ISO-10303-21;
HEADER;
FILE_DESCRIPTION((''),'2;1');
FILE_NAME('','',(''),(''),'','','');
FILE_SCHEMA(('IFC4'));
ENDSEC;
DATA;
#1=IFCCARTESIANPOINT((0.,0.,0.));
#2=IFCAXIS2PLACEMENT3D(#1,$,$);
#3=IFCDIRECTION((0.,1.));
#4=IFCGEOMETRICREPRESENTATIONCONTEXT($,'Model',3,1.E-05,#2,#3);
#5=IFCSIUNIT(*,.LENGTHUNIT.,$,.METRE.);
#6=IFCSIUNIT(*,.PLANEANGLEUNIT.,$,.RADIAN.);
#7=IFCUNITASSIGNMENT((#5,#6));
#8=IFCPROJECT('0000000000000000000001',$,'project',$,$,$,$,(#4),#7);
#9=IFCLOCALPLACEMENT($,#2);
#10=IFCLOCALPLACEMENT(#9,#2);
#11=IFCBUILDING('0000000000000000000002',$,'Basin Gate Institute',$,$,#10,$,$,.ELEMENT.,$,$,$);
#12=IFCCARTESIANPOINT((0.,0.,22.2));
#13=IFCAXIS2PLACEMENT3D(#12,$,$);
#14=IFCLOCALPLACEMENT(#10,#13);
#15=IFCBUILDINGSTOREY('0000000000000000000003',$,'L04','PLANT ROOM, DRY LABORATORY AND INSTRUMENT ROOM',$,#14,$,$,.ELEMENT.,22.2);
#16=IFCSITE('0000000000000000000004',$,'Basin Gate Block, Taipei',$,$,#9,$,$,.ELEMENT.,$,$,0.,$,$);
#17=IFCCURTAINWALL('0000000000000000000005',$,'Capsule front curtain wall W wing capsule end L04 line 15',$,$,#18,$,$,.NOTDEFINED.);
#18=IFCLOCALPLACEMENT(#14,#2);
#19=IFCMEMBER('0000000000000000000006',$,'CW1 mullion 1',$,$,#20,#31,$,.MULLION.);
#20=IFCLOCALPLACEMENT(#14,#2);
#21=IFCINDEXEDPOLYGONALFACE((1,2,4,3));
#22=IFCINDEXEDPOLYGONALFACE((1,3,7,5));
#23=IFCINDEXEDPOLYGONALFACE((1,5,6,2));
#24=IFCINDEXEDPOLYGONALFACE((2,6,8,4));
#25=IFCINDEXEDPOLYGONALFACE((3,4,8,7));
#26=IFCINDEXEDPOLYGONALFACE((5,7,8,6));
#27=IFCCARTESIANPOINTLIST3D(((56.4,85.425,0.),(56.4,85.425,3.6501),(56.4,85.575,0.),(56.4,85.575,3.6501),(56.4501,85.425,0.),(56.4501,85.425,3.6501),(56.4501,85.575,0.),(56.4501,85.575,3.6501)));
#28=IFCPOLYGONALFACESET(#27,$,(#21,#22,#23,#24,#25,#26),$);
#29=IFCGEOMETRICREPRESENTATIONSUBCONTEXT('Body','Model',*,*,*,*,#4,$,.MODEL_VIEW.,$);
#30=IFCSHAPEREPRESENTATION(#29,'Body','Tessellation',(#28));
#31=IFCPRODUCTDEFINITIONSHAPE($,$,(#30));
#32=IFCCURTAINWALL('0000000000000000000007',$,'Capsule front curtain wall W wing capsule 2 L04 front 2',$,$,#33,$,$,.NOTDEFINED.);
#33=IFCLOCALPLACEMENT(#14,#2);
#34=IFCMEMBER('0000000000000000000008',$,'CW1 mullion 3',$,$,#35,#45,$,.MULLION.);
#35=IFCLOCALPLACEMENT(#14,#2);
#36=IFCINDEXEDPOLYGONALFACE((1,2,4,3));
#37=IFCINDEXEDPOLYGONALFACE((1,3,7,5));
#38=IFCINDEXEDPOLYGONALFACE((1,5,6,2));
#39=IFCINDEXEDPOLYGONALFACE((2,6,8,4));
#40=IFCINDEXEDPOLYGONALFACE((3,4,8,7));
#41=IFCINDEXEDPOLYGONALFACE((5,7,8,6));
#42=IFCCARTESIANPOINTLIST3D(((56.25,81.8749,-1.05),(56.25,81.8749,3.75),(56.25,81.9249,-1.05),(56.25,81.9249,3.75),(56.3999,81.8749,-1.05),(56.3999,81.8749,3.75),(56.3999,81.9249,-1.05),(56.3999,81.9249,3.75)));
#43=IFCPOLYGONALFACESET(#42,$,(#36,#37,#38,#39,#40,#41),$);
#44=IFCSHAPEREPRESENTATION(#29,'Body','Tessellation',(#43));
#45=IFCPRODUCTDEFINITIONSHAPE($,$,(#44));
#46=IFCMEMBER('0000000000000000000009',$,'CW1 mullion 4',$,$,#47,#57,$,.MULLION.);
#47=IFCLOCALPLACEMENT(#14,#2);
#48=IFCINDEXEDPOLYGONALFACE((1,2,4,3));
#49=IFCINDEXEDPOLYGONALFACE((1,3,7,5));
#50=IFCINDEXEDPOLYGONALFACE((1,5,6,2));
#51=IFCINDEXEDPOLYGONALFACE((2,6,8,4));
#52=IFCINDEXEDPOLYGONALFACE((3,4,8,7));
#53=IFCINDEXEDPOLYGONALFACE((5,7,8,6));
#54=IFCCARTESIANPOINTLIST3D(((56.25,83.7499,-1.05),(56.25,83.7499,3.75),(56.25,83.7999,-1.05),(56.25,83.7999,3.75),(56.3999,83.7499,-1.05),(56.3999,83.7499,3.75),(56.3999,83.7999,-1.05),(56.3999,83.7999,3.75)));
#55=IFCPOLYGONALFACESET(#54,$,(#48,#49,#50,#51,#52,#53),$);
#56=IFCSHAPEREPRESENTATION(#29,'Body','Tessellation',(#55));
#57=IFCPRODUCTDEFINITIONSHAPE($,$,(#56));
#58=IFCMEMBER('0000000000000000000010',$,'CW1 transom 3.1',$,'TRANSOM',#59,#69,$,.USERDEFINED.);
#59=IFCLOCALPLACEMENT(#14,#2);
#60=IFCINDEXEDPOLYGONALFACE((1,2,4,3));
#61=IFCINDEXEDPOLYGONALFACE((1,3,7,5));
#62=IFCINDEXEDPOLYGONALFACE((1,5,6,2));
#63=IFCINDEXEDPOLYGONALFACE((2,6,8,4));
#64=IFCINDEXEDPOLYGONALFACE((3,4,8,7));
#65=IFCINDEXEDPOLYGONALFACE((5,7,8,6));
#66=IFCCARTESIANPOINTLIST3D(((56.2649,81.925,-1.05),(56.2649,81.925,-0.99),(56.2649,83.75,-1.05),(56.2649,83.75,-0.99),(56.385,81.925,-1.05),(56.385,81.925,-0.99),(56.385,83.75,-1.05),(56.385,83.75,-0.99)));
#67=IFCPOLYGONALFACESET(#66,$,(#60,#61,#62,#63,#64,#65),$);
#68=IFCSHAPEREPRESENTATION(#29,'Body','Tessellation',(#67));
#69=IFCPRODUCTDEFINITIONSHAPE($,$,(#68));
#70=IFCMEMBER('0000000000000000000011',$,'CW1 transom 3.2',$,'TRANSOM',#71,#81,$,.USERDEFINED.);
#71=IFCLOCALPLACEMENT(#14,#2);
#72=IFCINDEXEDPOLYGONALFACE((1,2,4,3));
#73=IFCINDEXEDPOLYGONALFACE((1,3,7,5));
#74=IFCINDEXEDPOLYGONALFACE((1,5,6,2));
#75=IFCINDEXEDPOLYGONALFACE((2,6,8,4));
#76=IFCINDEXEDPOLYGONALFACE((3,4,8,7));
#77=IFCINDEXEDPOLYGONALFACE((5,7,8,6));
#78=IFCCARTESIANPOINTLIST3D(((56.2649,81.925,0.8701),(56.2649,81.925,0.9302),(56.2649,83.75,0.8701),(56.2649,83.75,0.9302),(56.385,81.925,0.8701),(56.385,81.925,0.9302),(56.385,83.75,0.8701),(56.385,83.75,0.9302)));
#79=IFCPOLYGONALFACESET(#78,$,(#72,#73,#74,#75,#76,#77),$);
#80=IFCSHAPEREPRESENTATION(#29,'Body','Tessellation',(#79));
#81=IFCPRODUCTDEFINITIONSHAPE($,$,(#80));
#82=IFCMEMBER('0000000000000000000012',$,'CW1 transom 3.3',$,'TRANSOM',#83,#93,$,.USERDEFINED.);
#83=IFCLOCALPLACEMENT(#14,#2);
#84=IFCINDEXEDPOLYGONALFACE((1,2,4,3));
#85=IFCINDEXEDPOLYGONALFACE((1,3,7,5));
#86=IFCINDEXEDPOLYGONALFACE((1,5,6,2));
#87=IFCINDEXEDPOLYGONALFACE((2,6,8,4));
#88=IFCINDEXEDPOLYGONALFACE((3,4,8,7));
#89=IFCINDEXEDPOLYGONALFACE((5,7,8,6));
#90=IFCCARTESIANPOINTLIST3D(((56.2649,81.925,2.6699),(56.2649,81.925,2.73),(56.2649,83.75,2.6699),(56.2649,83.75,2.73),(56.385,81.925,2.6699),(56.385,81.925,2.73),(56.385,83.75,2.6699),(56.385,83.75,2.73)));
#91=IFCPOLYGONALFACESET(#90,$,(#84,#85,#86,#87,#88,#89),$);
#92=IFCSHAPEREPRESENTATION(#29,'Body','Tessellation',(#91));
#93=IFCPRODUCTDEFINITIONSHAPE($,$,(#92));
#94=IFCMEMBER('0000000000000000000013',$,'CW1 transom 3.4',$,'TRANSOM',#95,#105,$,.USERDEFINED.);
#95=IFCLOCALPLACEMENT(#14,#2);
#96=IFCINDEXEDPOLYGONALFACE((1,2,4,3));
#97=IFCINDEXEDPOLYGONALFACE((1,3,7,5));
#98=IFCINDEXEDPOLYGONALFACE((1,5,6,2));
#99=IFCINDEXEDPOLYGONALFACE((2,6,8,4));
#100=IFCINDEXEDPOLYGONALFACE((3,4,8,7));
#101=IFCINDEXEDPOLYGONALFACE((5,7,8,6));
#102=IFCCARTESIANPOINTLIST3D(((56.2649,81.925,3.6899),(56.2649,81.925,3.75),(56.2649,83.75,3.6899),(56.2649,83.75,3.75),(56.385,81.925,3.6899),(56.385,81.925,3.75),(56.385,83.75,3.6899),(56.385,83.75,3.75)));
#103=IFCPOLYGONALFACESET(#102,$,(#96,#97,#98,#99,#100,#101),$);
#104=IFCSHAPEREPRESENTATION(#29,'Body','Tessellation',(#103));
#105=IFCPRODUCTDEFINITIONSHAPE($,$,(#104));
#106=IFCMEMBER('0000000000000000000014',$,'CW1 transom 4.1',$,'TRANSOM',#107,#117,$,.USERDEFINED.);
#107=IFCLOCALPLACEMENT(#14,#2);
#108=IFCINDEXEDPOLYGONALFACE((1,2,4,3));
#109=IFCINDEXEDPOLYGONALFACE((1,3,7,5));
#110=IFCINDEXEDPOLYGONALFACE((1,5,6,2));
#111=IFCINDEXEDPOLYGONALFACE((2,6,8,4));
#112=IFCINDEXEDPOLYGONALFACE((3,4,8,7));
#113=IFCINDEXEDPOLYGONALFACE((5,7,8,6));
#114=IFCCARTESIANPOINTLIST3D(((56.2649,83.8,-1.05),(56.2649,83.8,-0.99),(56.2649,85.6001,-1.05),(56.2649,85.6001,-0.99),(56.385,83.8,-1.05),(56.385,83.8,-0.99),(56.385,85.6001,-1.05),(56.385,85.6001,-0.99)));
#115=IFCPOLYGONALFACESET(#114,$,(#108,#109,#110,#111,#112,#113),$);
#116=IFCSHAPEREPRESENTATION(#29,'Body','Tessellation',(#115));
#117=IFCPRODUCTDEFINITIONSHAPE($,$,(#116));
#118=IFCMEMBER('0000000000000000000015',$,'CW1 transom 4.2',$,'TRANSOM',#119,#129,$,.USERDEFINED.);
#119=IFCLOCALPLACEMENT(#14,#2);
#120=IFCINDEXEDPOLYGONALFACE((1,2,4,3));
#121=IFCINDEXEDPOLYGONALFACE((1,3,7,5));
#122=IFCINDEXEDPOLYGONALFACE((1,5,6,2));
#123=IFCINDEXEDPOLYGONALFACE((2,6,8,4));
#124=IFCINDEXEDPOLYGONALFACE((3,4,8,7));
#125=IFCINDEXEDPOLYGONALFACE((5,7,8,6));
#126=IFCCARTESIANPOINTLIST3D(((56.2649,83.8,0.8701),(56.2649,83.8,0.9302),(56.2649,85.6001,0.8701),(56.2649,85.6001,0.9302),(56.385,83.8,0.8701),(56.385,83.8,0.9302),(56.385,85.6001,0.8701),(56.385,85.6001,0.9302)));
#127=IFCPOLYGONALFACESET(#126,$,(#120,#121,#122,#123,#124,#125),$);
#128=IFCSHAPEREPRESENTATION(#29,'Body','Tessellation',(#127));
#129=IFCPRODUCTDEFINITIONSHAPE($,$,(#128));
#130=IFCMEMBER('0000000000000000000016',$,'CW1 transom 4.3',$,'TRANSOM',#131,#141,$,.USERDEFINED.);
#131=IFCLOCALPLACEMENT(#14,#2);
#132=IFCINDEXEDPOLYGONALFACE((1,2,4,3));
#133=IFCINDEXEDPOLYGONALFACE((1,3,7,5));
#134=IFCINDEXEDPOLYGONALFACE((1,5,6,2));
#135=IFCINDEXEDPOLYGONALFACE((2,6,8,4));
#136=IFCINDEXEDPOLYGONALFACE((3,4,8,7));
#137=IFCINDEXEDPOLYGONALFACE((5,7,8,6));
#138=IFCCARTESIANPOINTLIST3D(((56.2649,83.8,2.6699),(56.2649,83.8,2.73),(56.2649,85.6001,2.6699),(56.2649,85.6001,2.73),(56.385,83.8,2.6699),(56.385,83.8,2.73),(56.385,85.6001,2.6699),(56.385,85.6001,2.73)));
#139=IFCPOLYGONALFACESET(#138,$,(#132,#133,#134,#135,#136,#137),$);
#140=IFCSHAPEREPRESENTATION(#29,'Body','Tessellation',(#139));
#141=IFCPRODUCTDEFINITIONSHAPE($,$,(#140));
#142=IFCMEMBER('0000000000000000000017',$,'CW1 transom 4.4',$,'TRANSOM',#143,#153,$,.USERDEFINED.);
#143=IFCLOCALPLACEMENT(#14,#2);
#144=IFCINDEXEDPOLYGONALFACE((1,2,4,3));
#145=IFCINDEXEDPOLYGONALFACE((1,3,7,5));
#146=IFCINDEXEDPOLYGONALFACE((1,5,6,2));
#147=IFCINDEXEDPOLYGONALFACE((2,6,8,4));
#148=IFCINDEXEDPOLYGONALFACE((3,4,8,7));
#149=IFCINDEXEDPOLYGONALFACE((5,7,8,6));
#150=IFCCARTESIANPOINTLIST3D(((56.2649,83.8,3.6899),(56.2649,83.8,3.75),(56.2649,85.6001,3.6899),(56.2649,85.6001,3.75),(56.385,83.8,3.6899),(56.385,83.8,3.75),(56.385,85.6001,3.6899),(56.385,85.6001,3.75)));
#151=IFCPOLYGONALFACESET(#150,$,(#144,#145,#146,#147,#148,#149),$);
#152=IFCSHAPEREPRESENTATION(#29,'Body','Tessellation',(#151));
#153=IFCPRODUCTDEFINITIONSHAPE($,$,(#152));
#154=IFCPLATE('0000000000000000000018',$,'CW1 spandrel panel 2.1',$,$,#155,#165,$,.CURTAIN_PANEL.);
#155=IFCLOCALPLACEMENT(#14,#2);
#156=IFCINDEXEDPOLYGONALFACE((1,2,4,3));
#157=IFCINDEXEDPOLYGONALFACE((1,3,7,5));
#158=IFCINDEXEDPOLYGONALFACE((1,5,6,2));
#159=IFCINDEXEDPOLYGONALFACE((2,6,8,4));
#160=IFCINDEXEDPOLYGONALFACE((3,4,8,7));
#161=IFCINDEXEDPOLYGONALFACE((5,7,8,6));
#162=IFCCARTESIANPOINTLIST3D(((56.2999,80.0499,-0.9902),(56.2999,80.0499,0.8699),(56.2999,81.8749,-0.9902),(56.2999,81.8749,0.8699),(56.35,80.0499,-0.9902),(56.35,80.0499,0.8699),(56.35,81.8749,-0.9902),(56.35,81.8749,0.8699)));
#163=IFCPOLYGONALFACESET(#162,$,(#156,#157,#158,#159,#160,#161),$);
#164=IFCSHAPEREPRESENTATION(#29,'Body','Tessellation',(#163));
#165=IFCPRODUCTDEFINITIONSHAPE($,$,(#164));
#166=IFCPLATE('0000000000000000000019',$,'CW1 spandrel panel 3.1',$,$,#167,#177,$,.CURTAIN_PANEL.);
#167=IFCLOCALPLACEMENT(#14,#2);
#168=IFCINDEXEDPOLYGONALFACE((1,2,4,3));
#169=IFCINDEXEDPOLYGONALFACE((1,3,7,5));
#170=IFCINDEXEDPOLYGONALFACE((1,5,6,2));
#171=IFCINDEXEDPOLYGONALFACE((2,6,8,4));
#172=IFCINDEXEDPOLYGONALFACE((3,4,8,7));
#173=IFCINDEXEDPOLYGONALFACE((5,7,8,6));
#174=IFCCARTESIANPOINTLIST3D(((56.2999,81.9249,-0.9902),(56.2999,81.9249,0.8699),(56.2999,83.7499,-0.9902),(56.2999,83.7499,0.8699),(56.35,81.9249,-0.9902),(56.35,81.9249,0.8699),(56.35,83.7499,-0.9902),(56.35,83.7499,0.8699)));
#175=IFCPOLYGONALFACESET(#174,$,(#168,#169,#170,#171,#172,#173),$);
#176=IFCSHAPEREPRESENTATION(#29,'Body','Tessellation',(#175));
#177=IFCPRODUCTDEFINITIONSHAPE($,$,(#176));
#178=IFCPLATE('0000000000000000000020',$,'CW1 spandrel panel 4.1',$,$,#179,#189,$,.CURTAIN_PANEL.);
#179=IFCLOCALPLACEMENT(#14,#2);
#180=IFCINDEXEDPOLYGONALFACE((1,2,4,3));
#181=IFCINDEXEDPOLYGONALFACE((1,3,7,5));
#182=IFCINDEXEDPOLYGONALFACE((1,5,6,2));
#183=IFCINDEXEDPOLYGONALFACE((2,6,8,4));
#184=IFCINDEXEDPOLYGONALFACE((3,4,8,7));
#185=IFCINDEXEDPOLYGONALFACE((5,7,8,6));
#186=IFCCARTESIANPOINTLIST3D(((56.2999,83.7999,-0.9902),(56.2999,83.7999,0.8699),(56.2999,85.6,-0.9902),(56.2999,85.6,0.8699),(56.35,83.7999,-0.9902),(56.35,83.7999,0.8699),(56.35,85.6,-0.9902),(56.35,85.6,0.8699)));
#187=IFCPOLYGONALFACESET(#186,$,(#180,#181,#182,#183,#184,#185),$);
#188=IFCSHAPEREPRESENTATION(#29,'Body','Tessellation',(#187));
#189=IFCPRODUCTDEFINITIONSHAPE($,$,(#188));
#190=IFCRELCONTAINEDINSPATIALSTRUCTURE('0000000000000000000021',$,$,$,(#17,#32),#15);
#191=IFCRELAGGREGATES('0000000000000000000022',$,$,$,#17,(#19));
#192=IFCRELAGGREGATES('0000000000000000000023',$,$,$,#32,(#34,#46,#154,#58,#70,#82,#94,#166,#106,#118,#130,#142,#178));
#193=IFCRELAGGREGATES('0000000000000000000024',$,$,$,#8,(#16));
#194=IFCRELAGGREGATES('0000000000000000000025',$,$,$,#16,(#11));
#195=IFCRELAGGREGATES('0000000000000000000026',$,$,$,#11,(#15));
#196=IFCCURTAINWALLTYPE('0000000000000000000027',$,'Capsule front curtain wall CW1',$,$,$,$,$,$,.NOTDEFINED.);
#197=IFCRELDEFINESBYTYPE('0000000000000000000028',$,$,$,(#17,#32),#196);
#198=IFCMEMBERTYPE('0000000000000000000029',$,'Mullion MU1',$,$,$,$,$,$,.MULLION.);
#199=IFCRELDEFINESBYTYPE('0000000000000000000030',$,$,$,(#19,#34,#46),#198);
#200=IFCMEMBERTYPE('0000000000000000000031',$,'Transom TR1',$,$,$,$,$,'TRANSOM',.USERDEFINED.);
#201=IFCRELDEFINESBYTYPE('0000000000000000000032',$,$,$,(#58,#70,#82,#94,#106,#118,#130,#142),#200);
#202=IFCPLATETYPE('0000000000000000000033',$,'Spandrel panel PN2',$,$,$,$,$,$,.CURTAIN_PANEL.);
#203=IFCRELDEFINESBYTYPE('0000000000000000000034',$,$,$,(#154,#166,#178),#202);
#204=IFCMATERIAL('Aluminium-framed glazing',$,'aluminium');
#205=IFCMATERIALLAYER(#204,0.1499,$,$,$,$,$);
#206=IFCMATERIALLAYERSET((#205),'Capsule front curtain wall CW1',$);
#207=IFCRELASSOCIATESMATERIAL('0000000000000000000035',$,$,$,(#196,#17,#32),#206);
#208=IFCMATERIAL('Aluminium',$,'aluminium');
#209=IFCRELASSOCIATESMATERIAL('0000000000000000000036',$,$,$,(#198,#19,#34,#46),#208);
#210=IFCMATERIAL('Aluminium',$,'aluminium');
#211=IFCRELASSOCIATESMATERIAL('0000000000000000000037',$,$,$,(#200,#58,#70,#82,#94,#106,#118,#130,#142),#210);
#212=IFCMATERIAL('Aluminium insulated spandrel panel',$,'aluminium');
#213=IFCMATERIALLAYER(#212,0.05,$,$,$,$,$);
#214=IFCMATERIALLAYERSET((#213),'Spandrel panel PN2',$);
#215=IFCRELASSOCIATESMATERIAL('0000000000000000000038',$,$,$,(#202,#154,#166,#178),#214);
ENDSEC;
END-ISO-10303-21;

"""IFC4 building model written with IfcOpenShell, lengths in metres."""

from ifc_helpers import new_model, si_unit, direction, frame, origin, origin_2d, place, context, subcontext, project, spatial, rectangle, extrude, material, layer, layer_set, material_profile, profile_set, type_object, element, aggregate, save


model = new_model("IFC4")

# Units and contexts
model_context = context("Model", 3, precision=1e-05, world=origin(), true_north=direction((0.0, 1.0)))
body_context = subcontext(model_context, "Body", "Model", "MODEL_VIEW")
ifc_project = project(units=[si_unit("LENGTHUNIT", "METRE"), si_unit("PLANEANGLEUNIT", "RADIAN")], contexts=[model_context])

# Site, building, storey
site_placement = place(None, origin())
site = spatial("IfcSite", under=ifc_project, at=site_placement, Name="Basin Gate Block, Taipei", CompositionType="ELEMENT", RefElevation=0.0)
building_placement = place(site_placement, origin())
building = spatial("IfcBuilding", under=site, at=building_placement, Name="Basin Gate Institute", CompositionType="ELEMENT")
storey_placement = place(building_placement, frame((0.0, 0.0, 22.2)))
storey = spatial("IfcBuildingStorey", under=building, at=storey_placement, Name="L04", Description="PLANT ROOM, DRY LABORATORY AND INSTRUMENT ROOM", CompositionType="ELEMENT", Elevation=22.2)

# Curtain wall, member
ifc_material_1 = material(Name="Aluminium-framed glazing", Category="aluminium")
ifc_layer_1 = layer(ifc_material_1, 0.1499)
ifc_layer_set_1 = layer_set([ifc_layer_1], Name="Capsule front curtain wall CW1")
curtain_wall_type = type_object("IfcCurtainWallType", Name="Capsule front curtain wall CW1", PredefinedType="NOTDEFINED", material=ifc_layer_set_1)
curtain_wall_1_placement = place(storey_placement, origin())
curtain_wall_1 = element("IfcCurtainWall", 1, at=curtain_wall_1_placement, inside=storey, type_object=curtain_wall_type, material=ifc_layer_set_1, Name="Capsule front curtain wall W wing capsule end L04 line 15", PredefinedType="NOTDEFINED")
ifc_material_2 = material(Name="Aluminium", Category="aluminium")
ifc_material_profile_1 = material_profile(ifc_material_2, rectangle(XDim=0.1499, YDim=0.05, at=origin_2d()), Name="Mullion MU1 150 x 50")
ifc_profile_set_1 = profile_set([ifc_material_profile_1], Name="Aluminium")
member_type_1 = type_object("IfcMemberType", Name="Mullion MU1", PredefinedType="MULLION", material=ifc_profile_set_1)
member_1_placement = place(storey_placement, frame((56.425, 85.5, 0.0), z_axis=(0.0, 0.0, 1.0), x_axis=(0.0, 1.0, 0.0)))
member_1 = element("IfcMember", 2, at=member_1_placement, type_object=member_type_1, material=ifc_profile_set_1, Name="CW1 mullion 1", PredefinedType="MULLION", context=body_context, shape_type="SweptSolid", body=[
    extrude(rectangle(XDim=0.1499, YDim=0.05, at=origin_2d()), origin(), (0.0, 0.0, 1.0), 3.6501),
])
aggregate(curtain_wall_1, [member_1])

# Curtain wall, members, plates
curtain_wall_2_placement = place(storey_placement, origin())
curtain_wall_2 = element("IfcCurtainWall", 3, at=curtain_wall_2_placement, inside=storey, type_object=curtain_wall_type, material=ifc_layer_set_1, Name="Capsule front curtain wall W wing capsule 2 L04 front 2", PredefinedType="NOTDEFINED")
member_2_placement = place(storey_placement, frame((56.325, 81.8999, -1.05), z_axis=(0.0, 0.0, 1.0), x_axis=(-1.0, 0.0, 0.0)))
member_2 = element("IfcMember", 4, at=member_2_placement, type_object=member_type_1, material=ifc_profile_set_1, Name="CW1 mullion 3", PredefinedType="MULLION", context=body_context, shape_type="SweptSolid", body=[
    extrude(rectangle(XDim=0.1499, YDim=0.05, at=origin_2d()), origin(), (0.0, 0.0, 1.0), 4.8),
])
member_3_placement = place(storey_placement, frame((56.325, 83.7749, -1.05), z_axis=(0.0, 0.0, 1.0), x_axis=(-1.0, 0.0, 0.0)))
member_3 = element("IfcMember", 5, at=member_3_placement, type_object=member_type_1, material=ifc_profile_set_1, Name="CW1 mullion 4", PredefinedType="MULLION", context=body_context, shape_type="SweptSolid", body=[
    extrude(rectangle(XDim=0.1499, YDim=0.05, at=origin_2d()), origin(), (0.0, 0.0, 1.0), 4.8),
])
ifc_material_3 = material(Name="Aluminium", Category="aluminium")
ifc_material_profile_2 = material_profile(ifc_material_3, rectangle(XDim=0.1201, YDim=0.0601, at=origin_2d()), Name="Transom TR1 120 x 60")
ifc_profile_set_2 = profile_set([ifc_material_profile_2], Name="Aluminium")
member_type_2 = type_object("IfcMemberType", Name="Transom TR1", ElementType="TRANSOM", PredefinedType="USERDEFINED", material=ifc_profile_set_2)
member_4_placement = place(storey_placement, frame((56.325, 81.925, -1.02), z_axis=(0.0, 1.0, 0.0), x_axis=(-1.0, 0.0, 0.0)))
member_4 = element("IfcMember", 6, at=member_4_placement, type_object=member_type_2, material=ifc_profile_set_2, Name="CW1 transom 3.1", ObjectType="TRANSOM", PredefinedType="USERDEFINED", context=body_context, shape_type="SweptSolid", body=[
    extrude(rectangle(XDim=0.1201, YDim=0.0601, at=origin_2d()), origin(), (0.0, 0.0, 1.0), 1.825),
])
member_5_placement = place(storey_placement, frame((56.325, 81.925, 0.9001), z_axis=(0.0, 1.0, 0.0), x_axis=(-1.0, 0.0, 0.0)))
member_5 = element("IfcMember", 7, at=member_5_placement, type_object=member_type_2, material=ifc_profile_set_2, Name="CW1 transom 3.2", ObjectType="TRANSOM", PredefinedType="USERDEFINED", context=body_context, shape_type="SweptSolid", body=[
    extrude(rectangle(XDim=0.1201, YDim=0.0601, at=origin_2d()), origin(), (0.0, 0.0, 1.0), 1.825),
])
member_6_placement = place(storey_placement, frame((56.325, 81.925, 2.7), z_axis=(0.0, 1.0, 0.0), x_axis=(-1.0, 0.0, 0.0)))
member_6 = element("IfcMember", 8, at=member_6_placement, type_object=member_type_2, material=ifc_profile_set_2, Name="CW1 transom 3.3", ObjectType="TRANSOM", PredefinedType="USERDEFINED", context=body_context, shape_type="SweptSolid", body=[
    extrude(rectangle(XDim=0.1201, YDim=0.0601, at=origin_2d()), origin(), (0.0, 0.0, 1.0), 1.825),
])
member_7_placement = place(storey_placement, frame((56.325, 81.925, 3.72), z_axis=(0.0, 1.0, 0.0), x_axis=(-1.0, 0.0, 0.0)))
member_7 = element("IfcMember", 9, at=member_7_placement, type_object=member_type_2, material=ifc_profile_set_2, Name="CW1 transom 3.4", ObjectType="TRANSOM", PredefinedType="USERDEFINED", context=body_context, shape_type="SweptSolid", body=[
    extrude(rectangle(XDim=0.1201, YDim=0.0601, at=origin_2d()), origin(), (0.0, 0.0, 1.0), 1.825),
])
member_8_placement = place(storey_placement, frame((56.325, 83.8, -1.02), z_axis=(0.0, 1.0, 0.0), x_axis=(-1.0, 0.0, 0.0)))
member_8 = element("IfcMember", 10, at=member_8_placement, type_object=member_type_2, material=ifc_profile_set_2, Name="CW1 transom 4.1", ObjectType="TRANSOM", PredefinedType="USERDEFINED", context=body_context, shape_type="SweptSolid", body=[
    extrude(rectangle(XDim=0.1201, YDim=0.0601, at=origin_2d()), origin(), (0.0, 0.0, 1.0), 1.8),
])
member_9_placement = place(storey_placement, frame((56.325, 83.8, 0.9001), z_axis=(0.0, 1.0, 0.0), x_axis=(-1.0, 0.0, 0.0)))
member_9 = element("IfcMember", 11, at=member_9_placement, type_object=member_type_2, material=ifc_profile_set_2, Name="CW1 transom 4.2", ObjectType="TRANSOM", PredefinedType="USERDEFINED", context=body_context, shape_type="SweptSolid", body=[
    extrude(rectangle(XDim=0.1201, YDim=0.0601, at=origin_2d()), origin(), (0.0, 0.0, 1.0), 1.8),
])
member_10_placement = place(storey_placement, frame((56.325, 83.8, 2.7), z_axis=(0.0, 1.0, 0.0), x_axis=(-1.0, 0.0, 0.0)))
member_10 = element("IfcMember", 12, at=member_10_placement, type_object=member_type_2, material=ifc_profile_set_2, Name="CW1 transom 4.3", ObjectType="TRANSOM", PredefinedType="USERDEFINED", context=body_context, shape_type="SweptSolid", body=[
    extrude(rectangle(XDim=0.1201, YDim=0.0601, at=origin_2d()), origin(), (0.0, 0.0, 1.0), 1.8),
])
member_11_placement = place(storey_placement, frame((56.325, 83.8, 3.72), z_axis=(0.0, 1.0, 0.0), x_axis=(-1.0, 0.0, 0.0)))
member_11 = element("IfcMember", 13, at=member_11_placement, type_object=member_type_2, material=ifc_profile_set_2, Name="CW1 transom 4.4", ObjectType="TRANSOM", PredefinedType="USERDEFINED", context=body_context, shape_type="SweptSolid", body=[
    extrude(rectangle(XDim=0.1201, YDim=0.0601, at=origin_2d()), origin(), (0.0, 0.0, 1.0), 1.8),
])
ifc_material_4 = material(Name="Aluminium insulated spandrel panel", Category="aluminium")
ifc_layer_2 = layer(ifc_material_4, 0.05)
ifc_layer_set_2 = layer_set([ifc_layer_2], Name="Spandrel panel PN2")
plate_type_1 = type_object("IfcPlateType", Name="Spandrel panel PN2", PredefinedType="CURTAIN_PANEL", material=ifc_layer_set_2)
plate_1_placement = place(storey_placement, frame((56.325, 80.9624, -0.9902), z_axis=(0.0, 0.0, 1.0), x_axis=(0.0, 1.0, 0.0)))
plate_1 = element("IfcPlate", 14, at=plate_1_placement, type_object=plate_type_1, material=ifc_layer_set_2, Name="CW1 spandrel panel 2.1", PredefinedType="CURTAIN_PANEL", context=body_context, shape_type="SweptSolid", body=[
    extrude(rectangle(XDim=1.825, YDim=0.05, at=origin_2d()), origin(), (0.0, 0.0, 1.0), 1.8601),
])
plate_2_placement = place(storey_placement, frame((56.325, 82.8374, -0.9902), z_axis=(0.0, 0.0, 1.0), x_axis=(0.0, 1.0, 0.0)))
plate_2 = element("IfcPlate", 15, at=plate_2_placement, type_object=plate_type_1, material=ifc_layer_set_2, Name="CW1 spandrel panel 3.1", PredefinedType="CURTAIN_PANEL", context=body_context, shape_type="SweptSolid", body=[
    extrude(rectangle(XDim=1.825, YDim=0.05, at=origin_2d()), origin(), (0.0, 0.0, 1.0), 1.8601),
])
plate_3_placement = place(storey_placement, frame((56.325, 84.7, -0.9902), z_axis=(0.0, 0.0, 1.0), x_axis=(0.0, 1.0, 0.0)))
plate_3 = element("IfcPlate", 16, at=plate_3_placement, type_object=plate_type_1, material=ifc_layer_set_2, Name="CW1 spandrel panel 4.1", PredefinedType="CURTAIN_PANEL", context=body_context, shape_type="SweptSolid", body=[
    extrude(rectangle(XDim=1.8, YDim=0.05, at=origin_2d()), origin(), (0.0, 0.0, 1.0), 1.8601),
])
aggregate(curtain_wall_2, [member_2, member_3, plate_1, member_4, member_5, member_6, member_7, plate_2, member_8, member_9, member_10, member_11, plate_3])

save(model, "model.ifc")
